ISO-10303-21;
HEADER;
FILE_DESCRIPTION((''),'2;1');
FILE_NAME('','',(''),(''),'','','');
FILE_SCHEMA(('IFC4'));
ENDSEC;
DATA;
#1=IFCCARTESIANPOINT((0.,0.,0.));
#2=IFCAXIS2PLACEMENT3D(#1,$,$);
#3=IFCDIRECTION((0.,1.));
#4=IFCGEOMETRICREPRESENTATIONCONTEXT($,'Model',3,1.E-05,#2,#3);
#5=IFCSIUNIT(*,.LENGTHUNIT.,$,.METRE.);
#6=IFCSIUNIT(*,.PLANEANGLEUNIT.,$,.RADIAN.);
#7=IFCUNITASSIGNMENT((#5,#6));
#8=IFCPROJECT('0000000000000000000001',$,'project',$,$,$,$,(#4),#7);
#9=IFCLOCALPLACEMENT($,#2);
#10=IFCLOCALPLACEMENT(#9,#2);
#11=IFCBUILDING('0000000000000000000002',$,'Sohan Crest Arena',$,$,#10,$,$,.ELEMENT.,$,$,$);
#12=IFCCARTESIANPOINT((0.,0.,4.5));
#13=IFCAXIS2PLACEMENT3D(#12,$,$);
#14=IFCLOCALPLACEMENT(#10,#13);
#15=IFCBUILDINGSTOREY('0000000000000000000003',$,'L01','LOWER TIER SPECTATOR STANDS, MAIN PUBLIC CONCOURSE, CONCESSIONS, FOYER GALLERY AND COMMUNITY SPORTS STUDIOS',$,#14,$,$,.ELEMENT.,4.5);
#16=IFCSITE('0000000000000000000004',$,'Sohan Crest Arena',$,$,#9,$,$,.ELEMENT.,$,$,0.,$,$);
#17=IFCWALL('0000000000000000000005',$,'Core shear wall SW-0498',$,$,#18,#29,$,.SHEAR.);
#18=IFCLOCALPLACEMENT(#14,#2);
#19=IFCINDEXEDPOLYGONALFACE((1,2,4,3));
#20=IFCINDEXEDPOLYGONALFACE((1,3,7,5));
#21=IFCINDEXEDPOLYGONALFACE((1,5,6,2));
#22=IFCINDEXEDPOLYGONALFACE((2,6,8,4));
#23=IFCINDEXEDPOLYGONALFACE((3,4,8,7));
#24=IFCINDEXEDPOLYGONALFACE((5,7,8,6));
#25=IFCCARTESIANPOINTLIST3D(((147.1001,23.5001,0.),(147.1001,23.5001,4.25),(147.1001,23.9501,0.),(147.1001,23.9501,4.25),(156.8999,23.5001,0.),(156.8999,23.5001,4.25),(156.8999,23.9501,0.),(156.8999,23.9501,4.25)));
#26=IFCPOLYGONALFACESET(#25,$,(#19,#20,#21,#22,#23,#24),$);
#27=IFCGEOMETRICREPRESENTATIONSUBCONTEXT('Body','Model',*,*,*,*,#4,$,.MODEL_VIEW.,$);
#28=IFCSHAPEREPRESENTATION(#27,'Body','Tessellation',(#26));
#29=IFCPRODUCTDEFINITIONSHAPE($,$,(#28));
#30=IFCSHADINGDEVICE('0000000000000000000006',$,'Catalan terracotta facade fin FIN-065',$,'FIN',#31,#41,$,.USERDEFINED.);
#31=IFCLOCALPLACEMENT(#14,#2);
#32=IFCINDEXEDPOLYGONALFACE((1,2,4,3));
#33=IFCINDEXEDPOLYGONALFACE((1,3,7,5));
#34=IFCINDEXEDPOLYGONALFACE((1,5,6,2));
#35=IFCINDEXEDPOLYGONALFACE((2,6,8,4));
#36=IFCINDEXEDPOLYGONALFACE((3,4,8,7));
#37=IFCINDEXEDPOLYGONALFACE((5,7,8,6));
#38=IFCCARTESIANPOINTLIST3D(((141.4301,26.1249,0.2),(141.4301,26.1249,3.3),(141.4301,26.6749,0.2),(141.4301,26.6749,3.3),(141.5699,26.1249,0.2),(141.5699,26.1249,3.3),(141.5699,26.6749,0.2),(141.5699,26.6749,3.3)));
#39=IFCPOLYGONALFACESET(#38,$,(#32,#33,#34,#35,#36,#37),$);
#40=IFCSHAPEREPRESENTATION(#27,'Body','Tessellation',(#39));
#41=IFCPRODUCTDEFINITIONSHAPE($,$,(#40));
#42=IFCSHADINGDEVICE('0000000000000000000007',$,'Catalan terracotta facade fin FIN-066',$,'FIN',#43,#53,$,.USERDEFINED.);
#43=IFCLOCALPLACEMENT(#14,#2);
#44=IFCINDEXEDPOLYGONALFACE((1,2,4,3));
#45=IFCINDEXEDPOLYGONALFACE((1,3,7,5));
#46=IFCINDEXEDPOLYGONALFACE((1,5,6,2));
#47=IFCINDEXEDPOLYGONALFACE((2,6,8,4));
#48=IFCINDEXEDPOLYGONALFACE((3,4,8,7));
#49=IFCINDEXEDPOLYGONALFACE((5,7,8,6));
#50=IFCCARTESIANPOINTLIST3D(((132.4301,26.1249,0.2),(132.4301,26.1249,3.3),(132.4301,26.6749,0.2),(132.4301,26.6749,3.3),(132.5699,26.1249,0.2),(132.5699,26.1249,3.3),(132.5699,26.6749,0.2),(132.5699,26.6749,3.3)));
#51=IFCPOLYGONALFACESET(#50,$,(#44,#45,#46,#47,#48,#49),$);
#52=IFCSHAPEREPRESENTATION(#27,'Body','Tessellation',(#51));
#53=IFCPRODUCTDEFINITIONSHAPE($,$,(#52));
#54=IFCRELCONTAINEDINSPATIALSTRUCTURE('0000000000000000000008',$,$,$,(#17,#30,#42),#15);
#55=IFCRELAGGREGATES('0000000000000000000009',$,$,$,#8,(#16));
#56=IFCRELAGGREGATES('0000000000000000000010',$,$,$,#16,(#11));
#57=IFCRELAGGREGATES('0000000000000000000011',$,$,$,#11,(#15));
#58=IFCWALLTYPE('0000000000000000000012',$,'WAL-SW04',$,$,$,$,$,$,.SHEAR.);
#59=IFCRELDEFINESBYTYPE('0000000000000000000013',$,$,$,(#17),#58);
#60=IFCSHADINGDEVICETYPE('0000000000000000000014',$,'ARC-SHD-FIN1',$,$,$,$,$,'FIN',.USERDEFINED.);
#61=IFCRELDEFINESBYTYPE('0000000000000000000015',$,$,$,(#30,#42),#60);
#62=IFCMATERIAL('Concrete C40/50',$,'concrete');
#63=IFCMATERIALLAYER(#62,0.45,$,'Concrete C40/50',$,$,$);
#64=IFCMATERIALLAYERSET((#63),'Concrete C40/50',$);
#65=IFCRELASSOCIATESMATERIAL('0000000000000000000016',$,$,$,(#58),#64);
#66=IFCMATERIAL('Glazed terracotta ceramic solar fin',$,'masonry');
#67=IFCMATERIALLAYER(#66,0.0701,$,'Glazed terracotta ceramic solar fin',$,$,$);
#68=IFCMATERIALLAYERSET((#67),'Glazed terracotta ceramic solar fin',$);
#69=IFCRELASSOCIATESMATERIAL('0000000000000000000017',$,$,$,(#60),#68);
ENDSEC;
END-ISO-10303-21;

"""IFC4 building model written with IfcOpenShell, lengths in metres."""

from ifc_helpers import new_model, si_unit, direction, frame, frame_2d, origin, origin_2d, place, context, subcontext, project, spatial, rectangle, extrude, material, layer, layer_set, type_object, element, save


model = new_model("IFC4")

# Units and contexts
model_context = context("Model", 3, precision=1e-05, world=origin(), true_north=direction((0.0, 1.0)))
body_context = subcontext(model_context, "Body", "Model", "MODEL_VIEW")
ifc_project = project(units=[si_unit("LENGTHUNIT", "METRE"), si_unit("PLANEANGLEUNIT", "RADIAN")], contexts=[model_context])

# Site, building, storey
site_placement = place(None, origin())
site = spatial("IfcSite", under=ifc_project, at=site_placement, Name="Sohan Crest Arena", CompositionType="ELEMENT", RefElevation=0.0)
building_placement = place(site_placement, origin())
building = spatial("IfcBuilding", under=site, at=building_placement, Name="Sohan Crest Arena", CompositionType="ELEMENT")
storey_placement = place(building_placement, frame((0.0, 0.0, 4.5)))
storey = spatial("IfcBuildingStorey", under=building, at=storey_placement, Name="L01", Description="LOWER TIER SPECTATOR STANDS, MAIN PUBLIC CONCOURSE, CONCESSIONS, FOYER GALLERY AND COMMUNITY SPORTS STUDIOS", CompositionType="ELEMENT", Elevation=4.5)

# Shared definitions
ifc_material_1 = material(Name="Concrete C40/50", Category="concrete")

# Shared definitions
ifc_layer_1 = layer(ifc_material_1, 0.45, Name="Concrete C40/50")
ifc_layer_set_1 = layer_set([ifc_layer_1], Name="Concrete C40/50")
wall_type_1 = type_object("IfcWallType", Name="WAL-SW04", PredefinedType="SHEAR", material=ifc_layer_set_1)

# Wall
wall_1_placement = place(storey_placement, frame((147.1001, 23.7251, 0.0), z_axis=(0.0, 0.0, 1.0), x_axis=(1.0, 0.0, 0.0)))
element("IfcWall", 1, at=wall_1_placement, inside=storey, type_object=wall_type_1, Name="Core shear wall SW-0498", PredefinedType="SHEAR", context=body_context, shape_type="SweptSolid", body=[
    extrude(rectangle(XDim=9.7998, YDim=0.45, at=frame_2d((4.8999, 0.0))), origin(), (0.0, 0.0, 1.0), 4.25),
])

# Shading devices
ifc_material_2 = material(Name="Glazed terracotta ceramic solar fin", Category="masonry")
ifc_layer_2 = layer(ifc_material_2, 0.0701, Name="Glazed terracotta ceramic solar fin")
ifc_layer_set_2 = layer_set([ifc_layer_2], Name="Glazed terracotta ceramic solar fin")
shading_device_type = type_object("IfcShadingDeviceType", Name="ARC-SHD-FIN1", ElementType="FIN", PredefinedType="USERDEFINED", material=ifc_layer_set_2)
for number, where, z_axis, x_axis, name in (
    (2, (141.5, 26.3999, 0.2), (0.0, 0.0, 1.0), (-1.0, 0.0, 0.0), "Catalan terracotta facade fin FIN-065"),
    (3, (132.5, 26.3999, 0.2), (0.0, 0.0, 1.0), (-1.0, 0.0, 0.0), "Catalan terracotta facade fin FIN-066"),
):
    element("IfcShadingDevice", number, at=place(storey_placement, frame(where, z_axis=z_axis, x_axis=x_axis)), inside=storey, type_object=shading_device_type, Name=name, ObjectType="FIN", PredefinedType="USERDEFINED", context=body_context, shape_type="SweptSolid", body=[
        extrude(rectangle(XDim=0.1399, YDim=0.55, at=origin_2d()), origin(), (0.0, 0.0, 1.0), 3.1001),
    ])

save(model, "model.ifc")
